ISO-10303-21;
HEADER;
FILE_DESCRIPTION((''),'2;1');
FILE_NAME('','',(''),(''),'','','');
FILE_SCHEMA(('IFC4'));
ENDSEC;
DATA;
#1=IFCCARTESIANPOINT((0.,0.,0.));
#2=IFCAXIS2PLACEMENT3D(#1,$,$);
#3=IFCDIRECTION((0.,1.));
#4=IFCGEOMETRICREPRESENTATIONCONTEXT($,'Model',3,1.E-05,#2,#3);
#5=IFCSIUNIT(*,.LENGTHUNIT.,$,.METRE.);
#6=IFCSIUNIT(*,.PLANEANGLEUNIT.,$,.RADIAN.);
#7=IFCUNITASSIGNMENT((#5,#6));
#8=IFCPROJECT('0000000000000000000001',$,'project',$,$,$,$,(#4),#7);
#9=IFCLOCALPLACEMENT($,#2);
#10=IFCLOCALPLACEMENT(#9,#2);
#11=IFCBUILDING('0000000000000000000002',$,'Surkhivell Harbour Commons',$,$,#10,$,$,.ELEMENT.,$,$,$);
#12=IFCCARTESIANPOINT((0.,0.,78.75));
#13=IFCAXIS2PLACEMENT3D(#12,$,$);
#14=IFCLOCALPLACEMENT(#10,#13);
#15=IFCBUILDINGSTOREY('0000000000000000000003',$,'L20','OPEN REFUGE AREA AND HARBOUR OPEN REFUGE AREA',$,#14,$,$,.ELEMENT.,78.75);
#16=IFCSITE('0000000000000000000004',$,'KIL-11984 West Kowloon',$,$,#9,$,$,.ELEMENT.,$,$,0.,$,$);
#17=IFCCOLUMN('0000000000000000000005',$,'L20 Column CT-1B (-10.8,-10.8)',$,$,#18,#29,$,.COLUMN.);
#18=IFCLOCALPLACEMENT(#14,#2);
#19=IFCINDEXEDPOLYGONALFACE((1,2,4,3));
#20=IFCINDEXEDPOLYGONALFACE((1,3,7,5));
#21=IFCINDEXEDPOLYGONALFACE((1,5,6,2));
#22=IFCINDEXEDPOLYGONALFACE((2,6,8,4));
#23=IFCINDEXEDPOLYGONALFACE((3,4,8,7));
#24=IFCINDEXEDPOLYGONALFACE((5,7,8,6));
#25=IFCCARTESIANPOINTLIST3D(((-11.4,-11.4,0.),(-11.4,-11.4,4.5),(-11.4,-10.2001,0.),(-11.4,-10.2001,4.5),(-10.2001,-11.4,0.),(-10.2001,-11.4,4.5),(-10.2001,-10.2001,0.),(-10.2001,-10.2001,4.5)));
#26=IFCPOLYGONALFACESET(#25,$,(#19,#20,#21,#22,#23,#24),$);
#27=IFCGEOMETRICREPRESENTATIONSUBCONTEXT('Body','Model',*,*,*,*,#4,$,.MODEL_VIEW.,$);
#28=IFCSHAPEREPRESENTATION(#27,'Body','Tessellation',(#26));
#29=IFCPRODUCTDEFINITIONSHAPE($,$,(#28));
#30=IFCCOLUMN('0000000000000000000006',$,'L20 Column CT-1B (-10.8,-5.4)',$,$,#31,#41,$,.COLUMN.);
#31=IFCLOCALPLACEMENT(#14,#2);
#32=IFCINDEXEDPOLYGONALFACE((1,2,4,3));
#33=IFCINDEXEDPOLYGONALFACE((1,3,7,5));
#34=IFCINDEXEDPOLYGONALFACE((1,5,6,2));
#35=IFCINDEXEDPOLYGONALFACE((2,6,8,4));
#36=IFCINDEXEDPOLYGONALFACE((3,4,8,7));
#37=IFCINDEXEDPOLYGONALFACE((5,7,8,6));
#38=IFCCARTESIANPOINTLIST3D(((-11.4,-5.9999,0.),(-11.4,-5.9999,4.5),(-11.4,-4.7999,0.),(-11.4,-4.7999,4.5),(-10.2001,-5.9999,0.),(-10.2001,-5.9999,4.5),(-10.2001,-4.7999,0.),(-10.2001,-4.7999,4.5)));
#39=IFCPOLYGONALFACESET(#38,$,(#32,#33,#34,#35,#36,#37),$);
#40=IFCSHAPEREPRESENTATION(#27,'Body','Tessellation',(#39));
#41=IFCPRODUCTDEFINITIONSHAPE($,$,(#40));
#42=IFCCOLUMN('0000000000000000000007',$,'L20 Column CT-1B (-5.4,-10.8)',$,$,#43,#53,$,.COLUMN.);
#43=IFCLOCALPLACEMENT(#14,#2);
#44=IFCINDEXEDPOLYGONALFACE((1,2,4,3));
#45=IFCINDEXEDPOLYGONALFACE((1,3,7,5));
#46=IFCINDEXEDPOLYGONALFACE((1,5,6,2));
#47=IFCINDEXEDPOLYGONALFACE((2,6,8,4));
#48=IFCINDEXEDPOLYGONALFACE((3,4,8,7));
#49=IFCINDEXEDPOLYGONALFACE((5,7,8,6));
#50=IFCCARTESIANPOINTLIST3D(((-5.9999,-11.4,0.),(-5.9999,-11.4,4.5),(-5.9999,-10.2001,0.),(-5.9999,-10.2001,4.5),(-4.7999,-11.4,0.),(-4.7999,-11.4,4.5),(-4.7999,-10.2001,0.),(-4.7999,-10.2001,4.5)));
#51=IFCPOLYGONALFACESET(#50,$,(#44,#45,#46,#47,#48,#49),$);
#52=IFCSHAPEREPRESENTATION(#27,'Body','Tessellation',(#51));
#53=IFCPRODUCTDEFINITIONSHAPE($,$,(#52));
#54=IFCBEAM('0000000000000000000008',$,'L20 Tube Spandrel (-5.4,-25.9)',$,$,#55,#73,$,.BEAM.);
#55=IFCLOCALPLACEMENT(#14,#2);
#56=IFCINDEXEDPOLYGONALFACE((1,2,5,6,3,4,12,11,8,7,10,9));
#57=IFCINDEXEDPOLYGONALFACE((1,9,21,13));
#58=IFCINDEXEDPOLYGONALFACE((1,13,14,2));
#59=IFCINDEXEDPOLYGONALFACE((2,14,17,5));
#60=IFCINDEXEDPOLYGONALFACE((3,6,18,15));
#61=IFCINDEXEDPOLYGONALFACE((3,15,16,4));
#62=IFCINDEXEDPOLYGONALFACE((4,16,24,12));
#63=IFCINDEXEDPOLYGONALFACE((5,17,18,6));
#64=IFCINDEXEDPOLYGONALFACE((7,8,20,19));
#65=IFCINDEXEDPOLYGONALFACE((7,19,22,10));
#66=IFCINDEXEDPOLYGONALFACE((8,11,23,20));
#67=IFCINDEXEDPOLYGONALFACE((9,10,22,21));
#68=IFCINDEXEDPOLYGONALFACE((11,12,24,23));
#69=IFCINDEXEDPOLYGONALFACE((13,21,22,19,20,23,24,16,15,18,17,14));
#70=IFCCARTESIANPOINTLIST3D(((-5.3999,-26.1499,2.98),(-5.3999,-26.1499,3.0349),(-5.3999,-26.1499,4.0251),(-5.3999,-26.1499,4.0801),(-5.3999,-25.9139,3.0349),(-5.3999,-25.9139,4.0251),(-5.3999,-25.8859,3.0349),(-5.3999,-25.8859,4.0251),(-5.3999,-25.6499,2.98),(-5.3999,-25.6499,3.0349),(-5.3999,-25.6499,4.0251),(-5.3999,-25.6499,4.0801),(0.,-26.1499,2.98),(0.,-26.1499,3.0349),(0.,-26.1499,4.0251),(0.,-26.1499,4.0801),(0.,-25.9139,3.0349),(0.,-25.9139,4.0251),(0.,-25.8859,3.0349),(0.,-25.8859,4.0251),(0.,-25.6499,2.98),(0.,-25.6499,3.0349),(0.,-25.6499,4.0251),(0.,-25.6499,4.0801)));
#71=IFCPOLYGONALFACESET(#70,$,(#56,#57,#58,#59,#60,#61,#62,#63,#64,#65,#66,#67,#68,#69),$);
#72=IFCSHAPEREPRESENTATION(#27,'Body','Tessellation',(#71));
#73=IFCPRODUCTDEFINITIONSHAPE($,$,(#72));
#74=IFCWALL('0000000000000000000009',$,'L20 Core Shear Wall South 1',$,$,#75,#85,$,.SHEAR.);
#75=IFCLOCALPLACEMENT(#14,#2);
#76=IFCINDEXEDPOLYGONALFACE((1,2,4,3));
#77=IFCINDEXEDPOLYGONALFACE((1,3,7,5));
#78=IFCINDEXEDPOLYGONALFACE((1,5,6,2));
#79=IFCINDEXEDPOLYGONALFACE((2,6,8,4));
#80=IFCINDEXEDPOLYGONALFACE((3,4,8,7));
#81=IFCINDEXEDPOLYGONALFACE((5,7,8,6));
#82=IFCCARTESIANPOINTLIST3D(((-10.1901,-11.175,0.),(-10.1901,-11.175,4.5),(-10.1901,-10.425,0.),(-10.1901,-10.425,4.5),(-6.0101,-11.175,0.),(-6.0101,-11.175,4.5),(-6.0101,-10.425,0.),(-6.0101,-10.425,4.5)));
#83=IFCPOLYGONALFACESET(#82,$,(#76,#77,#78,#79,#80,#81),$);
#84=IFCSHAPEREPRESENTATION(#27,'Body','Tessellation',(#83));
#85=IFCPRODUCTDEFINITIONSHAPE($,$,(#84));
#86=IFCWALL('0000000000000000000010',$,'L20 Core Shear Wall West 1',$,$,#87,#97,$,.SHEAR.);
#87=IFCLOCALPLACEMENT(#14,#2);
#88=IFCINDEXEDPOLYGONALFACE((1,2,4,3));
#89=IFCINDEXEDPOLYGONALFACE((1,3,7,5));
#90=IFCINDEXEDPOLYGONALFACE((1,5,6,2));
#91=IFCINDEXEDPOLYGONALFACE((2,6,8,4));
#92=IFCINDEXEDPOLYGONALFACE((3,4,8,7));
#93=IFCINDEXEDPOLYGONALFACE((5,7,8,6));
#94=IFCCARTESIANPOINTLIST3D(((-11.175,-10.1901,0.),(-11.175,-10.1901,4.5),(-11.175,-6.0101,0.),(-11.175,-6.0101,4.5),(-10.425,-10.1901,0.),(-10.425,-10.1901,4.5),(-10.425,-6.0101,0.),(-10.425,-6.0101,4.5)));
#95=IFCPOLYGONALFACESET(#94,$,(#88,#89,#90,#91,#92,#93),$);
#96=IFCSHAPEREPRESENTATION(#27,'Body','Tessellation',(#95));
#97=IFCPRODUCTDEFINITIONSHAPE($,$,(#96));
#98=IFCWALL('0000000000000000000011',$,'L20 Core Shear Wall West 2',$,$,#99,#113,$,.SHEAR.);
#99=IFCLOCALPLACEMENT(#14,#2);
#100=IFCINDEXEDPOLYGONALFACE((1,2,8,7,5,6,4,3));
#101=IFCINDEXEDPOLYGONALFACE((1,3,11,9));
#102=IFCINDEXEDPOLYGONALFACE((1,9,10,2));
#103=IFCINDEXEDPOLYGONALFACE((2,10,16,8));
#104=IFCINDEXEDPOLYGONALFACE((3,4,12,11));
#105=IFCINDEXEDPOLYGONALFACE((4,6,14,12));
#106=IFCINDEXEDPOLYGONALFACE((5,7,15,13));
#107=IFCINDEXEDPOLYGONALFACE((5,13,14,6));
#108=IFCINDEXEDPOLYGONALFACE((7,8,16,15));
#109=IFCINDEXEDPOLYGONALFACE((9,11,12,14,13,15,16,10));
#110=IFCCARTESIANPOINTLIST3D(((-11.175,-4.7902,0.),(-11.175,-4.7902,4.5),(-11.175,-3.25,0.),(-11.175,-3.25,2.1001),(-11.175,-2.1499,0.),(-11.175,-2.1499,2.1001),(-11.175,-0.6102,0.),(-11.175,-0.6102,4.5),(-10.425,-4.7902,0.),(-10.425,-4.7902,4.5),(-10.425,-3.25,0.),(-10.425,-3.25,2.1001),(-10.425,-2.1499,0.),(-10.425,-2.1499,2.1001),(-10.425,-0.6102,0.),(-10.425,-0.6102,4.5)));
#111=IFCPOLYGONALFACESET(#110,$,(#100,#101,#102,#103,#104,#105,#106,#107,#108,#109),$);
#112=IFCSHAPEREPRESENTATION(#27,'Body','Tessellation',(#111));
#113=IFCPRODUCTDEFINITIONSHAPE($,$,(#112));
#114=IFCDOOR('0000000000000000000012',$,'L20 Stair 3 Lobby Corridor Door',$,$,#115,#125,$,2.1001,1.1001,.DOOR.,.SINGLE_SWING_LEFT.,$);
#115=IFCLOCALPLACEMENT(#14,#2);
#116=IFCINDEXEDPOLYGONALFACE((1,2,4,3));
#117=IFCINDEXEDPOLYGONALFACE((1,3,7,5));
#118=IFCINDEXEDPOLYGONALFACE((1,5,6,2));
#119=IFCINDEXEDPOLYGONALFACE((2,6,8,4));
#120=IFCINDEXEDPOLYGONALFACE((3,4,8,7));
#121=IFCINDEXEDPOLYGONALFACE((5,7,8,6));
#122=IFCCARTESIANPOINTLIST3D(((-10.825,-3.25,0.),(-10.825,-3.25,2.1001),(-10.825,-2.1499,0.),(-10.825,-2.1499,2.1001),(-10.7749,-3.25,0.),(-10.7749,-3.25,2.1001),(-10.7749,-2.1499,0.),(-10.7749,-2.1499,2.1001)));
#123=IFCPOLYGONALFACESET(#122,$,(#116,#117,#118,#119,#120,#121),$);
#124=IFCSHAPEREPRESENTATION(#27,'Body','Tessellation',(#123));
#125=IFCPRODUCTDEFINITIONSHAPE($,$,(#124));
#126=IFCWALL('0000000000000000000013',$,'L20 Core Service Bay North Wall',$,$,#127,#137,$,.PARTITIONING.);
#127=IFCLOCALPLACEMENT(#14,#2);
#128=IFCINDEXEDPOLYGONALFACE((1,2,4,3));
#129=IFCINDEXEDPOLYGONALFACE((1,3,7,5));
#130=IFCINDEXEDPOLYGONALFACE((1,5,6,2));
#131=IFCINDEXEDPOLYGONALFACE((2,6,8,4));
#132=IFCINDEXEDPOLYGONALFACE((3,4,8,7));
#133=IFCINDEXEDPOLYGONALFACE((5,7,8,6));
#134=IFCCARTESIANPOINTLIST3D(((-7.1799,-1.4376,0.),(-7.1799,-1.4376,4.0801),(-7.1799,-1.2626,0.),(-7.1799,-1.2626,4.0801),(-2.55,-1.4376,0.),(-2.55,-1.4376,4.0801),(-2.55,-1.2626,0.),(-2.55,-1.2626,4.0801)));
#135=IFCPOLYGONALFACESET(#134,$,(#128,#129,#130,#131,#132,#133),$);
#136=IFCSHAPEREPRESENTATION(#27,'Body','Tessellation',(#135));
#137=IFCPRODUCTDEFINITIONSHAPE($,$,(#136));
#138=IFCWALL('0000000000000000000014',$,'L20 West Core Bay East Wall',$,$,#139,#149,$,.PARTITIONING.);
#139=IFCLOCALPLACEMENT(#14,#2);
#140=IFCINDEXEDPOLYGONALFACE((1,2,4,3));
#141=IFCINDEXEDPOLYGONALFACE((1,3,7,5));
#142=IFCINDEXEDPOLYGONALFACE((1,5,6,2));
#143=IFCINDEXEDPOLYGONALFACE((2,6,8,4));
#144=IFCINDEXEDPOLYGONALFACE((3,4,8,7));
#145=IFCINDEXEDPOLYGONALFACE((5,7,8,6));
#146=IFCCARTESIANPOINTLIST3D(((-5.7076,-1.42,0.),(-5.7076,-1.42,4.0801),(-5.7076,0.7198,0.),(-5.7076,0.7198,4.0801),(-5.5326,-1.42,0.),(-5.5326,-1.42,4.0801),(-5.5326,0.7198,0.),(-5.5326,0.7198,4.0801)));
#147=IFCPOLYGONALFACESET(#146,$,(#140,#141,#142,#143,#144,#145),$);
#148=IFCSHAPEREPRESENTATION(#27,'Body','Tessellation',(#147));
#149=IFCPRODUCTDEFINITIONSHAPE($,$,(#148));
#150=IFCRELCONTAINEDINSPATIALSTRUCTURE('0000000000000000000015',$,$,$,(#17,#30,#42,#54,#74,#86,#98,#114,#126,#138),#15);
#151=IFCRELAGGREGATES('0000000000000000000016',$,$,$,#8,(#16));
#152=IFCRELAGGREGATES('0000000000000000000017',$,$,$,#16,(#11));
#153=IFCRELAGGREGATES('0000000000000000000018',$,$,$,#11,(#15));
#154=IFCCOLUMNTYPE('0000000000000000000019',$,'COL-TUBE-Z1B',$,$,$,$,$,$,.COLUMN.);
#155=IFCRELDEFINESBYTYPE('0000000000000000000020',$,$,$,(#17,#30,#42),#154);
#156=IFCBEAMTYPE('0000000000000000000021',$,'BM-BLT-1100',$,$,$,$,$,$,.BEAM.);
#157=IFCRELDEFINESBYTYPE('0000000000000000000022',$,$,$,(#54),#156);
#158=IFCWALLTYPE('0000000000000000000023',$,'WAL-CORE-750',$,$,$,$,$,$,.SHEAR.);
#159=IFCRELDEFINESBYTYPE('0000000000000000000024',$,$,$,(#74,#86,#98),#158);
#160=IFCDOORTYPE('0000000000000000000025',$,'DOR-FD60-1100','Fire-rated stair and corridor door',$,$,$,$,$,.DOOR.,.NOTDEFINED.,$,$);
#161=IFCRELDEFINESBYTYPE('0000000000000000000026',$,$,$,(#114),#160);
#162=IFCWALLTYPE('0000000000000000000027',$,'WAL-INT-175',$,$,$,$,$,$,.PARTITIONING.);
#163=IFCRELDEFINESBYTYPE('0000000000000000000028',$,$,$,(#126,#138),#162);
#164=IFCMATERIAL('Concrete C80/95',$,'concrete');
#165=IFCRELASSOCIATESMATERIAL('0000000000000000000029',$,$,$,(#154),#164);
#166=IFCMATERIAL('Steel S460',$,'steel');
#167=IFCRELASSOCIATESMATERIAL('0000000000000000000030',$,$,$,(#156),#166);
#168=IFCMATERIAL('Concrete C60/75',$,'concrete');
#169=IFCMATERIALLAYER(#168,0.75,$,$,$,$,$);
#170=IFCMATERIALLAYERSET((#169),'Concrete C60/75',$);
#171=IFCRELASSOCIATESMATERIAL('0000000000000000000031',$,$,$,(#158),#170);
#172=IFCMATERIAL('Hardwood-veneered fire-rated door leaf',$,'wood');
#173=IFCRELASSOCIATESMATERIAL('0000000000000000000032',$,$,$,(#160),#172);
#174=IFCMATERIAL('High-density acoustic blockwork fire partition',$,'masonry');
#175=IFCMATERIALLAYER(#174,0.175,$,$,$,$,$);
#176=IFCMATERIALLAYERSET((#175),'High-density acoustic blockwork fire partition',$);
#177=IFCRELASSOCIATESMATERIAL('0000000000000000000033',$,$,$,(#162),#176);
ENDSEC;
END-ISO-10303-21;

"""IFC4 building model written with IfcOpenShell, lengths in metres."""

from ifc_helpers import new_model, si_unit, direction, frame, frame_2d, origin, origin_2d, place, context, subcontext, project, spatial, rectangle, i_section, extrude, material, layer, layer_set, material_profile, profile_set, type_object, element, fill, save


model = new_model("IFC4")

# Units and contexts
model_context = context("Model", 3, precision=1e-05, world=origin(), true_north=direction((0.0, 1.0)))
body_context = subcontext(model_context, "Body", "Model", "MODEL_VIEW")
ifc_project = project(units=[si_unit("LENGTHUNIT", "METRE"), si_unit("PLANEANGLEUNIT", "RADIAN")], contexts=[model_context])

# Site, building, storey
site_placement = place(None, origin())
site = spatial("IfcSite", under=ifc_project, at=site_placement, Name="KIL-11984 West Kowloon", CompositionType="ELEMENT", RefElevation=0.0)
building_placement = place(site_placement, origin())
building = spatial("IfcBuilding", under=site, at=building_placement, Name="Surkhivell Harbour Commons", CompositionType="ELEMENT")
storey_placement = place(building_placement, frame((0.0, 0.0, 78.75)))
storey = spatial("IfcBuildingStorey", under=building, at=storey_placement, Name="L20", Description="OPEN REFUGE AREA AND HARBOUR OPEN REFUGE AREA", CompositionType="ELEMENT", Elevation=78.75)

# Columns
ifc_material_1 = material(Name="Concrete C80/95", Category="concrete")
ifc_material_profile_1 = material_profile(ifc_material_1, rectangle(XDim=1.2, YDim=1.2, at=origin_2d()), Name="RC-COL-1200x1200")
ifc_profile_set_1 = profile_set([ifc_material_profile_1], Name="Concrete C80/95")
column_type = type_object("IfcColumnType", Name="COL-TUBE-Z1B", PredefinedType="COLUMN", material=ifc_profile_set_1)
for number, where, z_axis, x_axis, name in (
    (1, (-10.8, -10.8, 0.0), (0.0, 0.0, 1.0), (1.0, 0.0, 0.0), "L20 Column CT-1B (-10.8,-10.8)"),
    (2, (-10.8, -5.3999, 0.0), (0.0, 0.0, 1.0), (1.0, 0.0, 0.0), "L20 Column CT-1B (-10.8,-5.4)"),
    (3, (-5.3999, -10.8, 0.0), (0.0, 0.0, 1.0), (1.0, 0.0, 0.0), "L20 Column CT-1B (-5.4,-10.8)"),
):
    element("IfcColumn", number, at=place(storey_placement, frame(where, z_axis=z_axis, x_axis=x_axis)), inside=storey, type_object=column_type, Name=name, PredefinedType="COLUMN", context=body_context, shape_type="SweptSolid", body=[
        extrude(rectangle(XDim=1.2, YDim=1.2, at=origin_2d()), origin(), (0.0, 0.0, 1.0), 4.5),
    ])

# Beam
ifc_material_2 = material(Name="Steel S460", Category="steel")
ifc_material_profile_2 = material_profile(ifc_material_2, i_section(OverallWidth=0.5, OverallDepth=1.1001, WebThickness=0.0281, FlangeThickness=0.0549, at=origin_2d()), Name="WPG1100x500x210")
ifc_profile_set_2 = profile_set([ifc_material_profile_2], Name="Steel S460")
beam_type = type_object("IfcBeamType", Name="BM-BLT-1100", PredefinedType="BEAM", material=ifc_profile_set_2)
beam_placement = place(storey_placement, frame((-5.3999, -25.8999, 3.53), z_axis=(1.0, 0.0, 0.0), x_axis=(0.0, 1.0, 0.0)))
element("IfcBeam", 4, at=beam_placement, inside=storey, type_object=beam_type, Name="L20 Tube Spandrel (-5.4,-25.9)", PredefinedType="BEAM", context=body_context, shape_type="SweptSolid", body=[
    extrude(i_section(OverallWidth=0.5, OverallDepth=1.1001, WebThickness=0.0281, FlangeThickness=0.0549, at=origin_2d()), origin(), (0.0, 0.0, 1.0), 5.3999),
])

# Walls
ifc_material_3 = material(Name="Concrete C60/75", Category="concrete")
ifc_layer_1 = layer(ifc_material_3, 0.75)
ifc_layer_set_1 = layer_set([ifc_layer_1], Name="Concrete C60/75")
wall_type_1 = type_object("IfcWallType", Name="WAL-CORE-750", PredefinedType="SHEAR", material=ifc_layer_set_1)
for number, where, z_axis, x_axis, name in (
    (5, (-10.1899, -10.8, 0.0), (0.0, 0.0, 1.0), (1.0, 0.0, 0.0), "L20 Core Shear Wall South 1"),
    (6, (-10.8, -10.1899, 0.0), (0.0, 0.0, 1.0), (0.0, 1.0, 0.0), "L20 Core Shear Wall West 1"),
):
    element("IfcWall", number, at=place(storey_placement, frame(where, z_axis=z_axis, x_axis=x_axis)), inside=storey, type_object=wall_type_1, Name=name, PredefinedType="SHEAR", context=body_context, shape_type="SweptSolid", body=[
        extrude(rectangle(XDim=4.1799, YDim=0.75, at=frame_2d((2.0898, 0.0))), origin(), (0.0, 0.0, 1.0), 4.5),
    ])

# Wall, opening, door
wall_1_placement = place(storey_placement, frame((-10.8, -4.79, 0.0), z_axis=(0.0, 0.0, 1.0), x_axis=(0.0, 1.0, 0.0)))
wall_1 = element("IfcWall", 7, at=wall_1_placement, inside=storey, type_object=wall_type_1, Name="L20 Core Shear Wall West 2", PredefinedType="SHEAR", context=body_context, shape_type="SweptSolid", body=[
    extrude(rectangle(XDim=4.1799, YDim=0.75, at=frame_2d((2.0898, 0.0))), origin(), (0.0, 0.0, 1.0), 4.5),
])
opening_1_placement = place(wall_1_placement, frame((1.54, 0.0, 0.0)))
opening_1 = element("IfcOpeningElement", 8, at=opening_1_placement, cuts=wall_1, PredefinedType="OPENING", context=body_context, shape_type="SweptSolid", body=[
    extrude(rectangle(XDim=1.1001, YDim=2.1001, at=frame_2d((0.55, 1.05))), frame((0.0, 0.385, 0.0), z_axis=(0.0, -1.0, 0.0), x_axis=(1.0, 0.0, 0.0)), (0.0, 0.0, 1.0), 0.77),
])
ifc_material_4 = material(Name="Hardwood-veneered fire-rated door leaf", Category="wood")
door_type = type_object("IfcDoorType", Name="DOR-FD60-1100", Description="Fire-rated stair and corridor door", OperationType="NOTDEFINED", PredefinedType="DOOR", material=ifc_material_4)
door_1_placement = place(opening_1_placement, origin())
door_1 = element("IfcDoor", 9, at=door_1_placement, inside=storey, type_object=door_type, Name="L20 Stair 3 Lobby Corridor Door", OperationType="SINGLE_SWING_LEFT", OverallHeight=2.1001, OverallWidth=1.1001, PredefinedType="DOOR", context=body_context, shape_type="SweptSolid", body=[
    extrude(rectangle(XDim=1.1001, YDim=2.1001, at=frame_2d((0.55, 1.05))), frame((0.0, 0.0249, 0.0), z_axis=(0.0, -1.0, 0.0), x_axis=(1.0, 0.0, 0.0)), (0.0, 0.0, 1.0), 0.05),
])
fill(opening_1, door_1)

# Walls
ifc_material_5 = material(Name="High-density acoustic blockwork fire partition", Category="masonry")
ifc_layer_2 = layer(ifc_material_5, 0.175)
ifc_layer_set_2 = layer_set([ifc_layer_2], Name="High-density acoustic blockwork fire partition")
wall_type_2 = type_object("IfcWallType", Name="WAL-INT-175", PredefinedType="PARTITIONING", material=ifc_layer_set_2)
wall_2_placement = place(storey_placement, frame((-7.1799, -1.3501, 0.0), z_axis=(0.0, 0.0, 1.0), x_axis=(1.0, 0.0, 0.0)))
element("IfcWall", 10, at=wall_2_placement, inside=storey, type_object=wall_type_2, Name="L20 Core Service Bay North Wall", PredefinedType="PARTITIONING", context=body_context, shape_type="SweptSolid", body=[
    extrude(rectangle(XDim=4.6299, YDim=0.175, at=frame_2d((2.3149, 0.0))), origin(), (0.0, 0.0, 1.0), 4.0801),
])
wall_3_placement = place(storey_placement, frame((-5.6201, -1.4199, 0.0), z_axis=(0.0, 0.0, 1.0), x_axis=(0.0, 1.0, 0.0)))
element("IfcWall", 11, at=wall_3_placement, inside=storey, type_object=wall_type_2, Name="L20 West Core Bay East Wall", PredefinedType="PARTITIONING", context=body_context, shape_type="SweptSolid", body=[
    extrude(rectangle(XDim=2.1399, YDim=0.175, at=frame_2d((1.0698, 0.0))), origin(), (0.0, 0.0, 1.0), 4.0801),
])

save(model, "model.ifc")
